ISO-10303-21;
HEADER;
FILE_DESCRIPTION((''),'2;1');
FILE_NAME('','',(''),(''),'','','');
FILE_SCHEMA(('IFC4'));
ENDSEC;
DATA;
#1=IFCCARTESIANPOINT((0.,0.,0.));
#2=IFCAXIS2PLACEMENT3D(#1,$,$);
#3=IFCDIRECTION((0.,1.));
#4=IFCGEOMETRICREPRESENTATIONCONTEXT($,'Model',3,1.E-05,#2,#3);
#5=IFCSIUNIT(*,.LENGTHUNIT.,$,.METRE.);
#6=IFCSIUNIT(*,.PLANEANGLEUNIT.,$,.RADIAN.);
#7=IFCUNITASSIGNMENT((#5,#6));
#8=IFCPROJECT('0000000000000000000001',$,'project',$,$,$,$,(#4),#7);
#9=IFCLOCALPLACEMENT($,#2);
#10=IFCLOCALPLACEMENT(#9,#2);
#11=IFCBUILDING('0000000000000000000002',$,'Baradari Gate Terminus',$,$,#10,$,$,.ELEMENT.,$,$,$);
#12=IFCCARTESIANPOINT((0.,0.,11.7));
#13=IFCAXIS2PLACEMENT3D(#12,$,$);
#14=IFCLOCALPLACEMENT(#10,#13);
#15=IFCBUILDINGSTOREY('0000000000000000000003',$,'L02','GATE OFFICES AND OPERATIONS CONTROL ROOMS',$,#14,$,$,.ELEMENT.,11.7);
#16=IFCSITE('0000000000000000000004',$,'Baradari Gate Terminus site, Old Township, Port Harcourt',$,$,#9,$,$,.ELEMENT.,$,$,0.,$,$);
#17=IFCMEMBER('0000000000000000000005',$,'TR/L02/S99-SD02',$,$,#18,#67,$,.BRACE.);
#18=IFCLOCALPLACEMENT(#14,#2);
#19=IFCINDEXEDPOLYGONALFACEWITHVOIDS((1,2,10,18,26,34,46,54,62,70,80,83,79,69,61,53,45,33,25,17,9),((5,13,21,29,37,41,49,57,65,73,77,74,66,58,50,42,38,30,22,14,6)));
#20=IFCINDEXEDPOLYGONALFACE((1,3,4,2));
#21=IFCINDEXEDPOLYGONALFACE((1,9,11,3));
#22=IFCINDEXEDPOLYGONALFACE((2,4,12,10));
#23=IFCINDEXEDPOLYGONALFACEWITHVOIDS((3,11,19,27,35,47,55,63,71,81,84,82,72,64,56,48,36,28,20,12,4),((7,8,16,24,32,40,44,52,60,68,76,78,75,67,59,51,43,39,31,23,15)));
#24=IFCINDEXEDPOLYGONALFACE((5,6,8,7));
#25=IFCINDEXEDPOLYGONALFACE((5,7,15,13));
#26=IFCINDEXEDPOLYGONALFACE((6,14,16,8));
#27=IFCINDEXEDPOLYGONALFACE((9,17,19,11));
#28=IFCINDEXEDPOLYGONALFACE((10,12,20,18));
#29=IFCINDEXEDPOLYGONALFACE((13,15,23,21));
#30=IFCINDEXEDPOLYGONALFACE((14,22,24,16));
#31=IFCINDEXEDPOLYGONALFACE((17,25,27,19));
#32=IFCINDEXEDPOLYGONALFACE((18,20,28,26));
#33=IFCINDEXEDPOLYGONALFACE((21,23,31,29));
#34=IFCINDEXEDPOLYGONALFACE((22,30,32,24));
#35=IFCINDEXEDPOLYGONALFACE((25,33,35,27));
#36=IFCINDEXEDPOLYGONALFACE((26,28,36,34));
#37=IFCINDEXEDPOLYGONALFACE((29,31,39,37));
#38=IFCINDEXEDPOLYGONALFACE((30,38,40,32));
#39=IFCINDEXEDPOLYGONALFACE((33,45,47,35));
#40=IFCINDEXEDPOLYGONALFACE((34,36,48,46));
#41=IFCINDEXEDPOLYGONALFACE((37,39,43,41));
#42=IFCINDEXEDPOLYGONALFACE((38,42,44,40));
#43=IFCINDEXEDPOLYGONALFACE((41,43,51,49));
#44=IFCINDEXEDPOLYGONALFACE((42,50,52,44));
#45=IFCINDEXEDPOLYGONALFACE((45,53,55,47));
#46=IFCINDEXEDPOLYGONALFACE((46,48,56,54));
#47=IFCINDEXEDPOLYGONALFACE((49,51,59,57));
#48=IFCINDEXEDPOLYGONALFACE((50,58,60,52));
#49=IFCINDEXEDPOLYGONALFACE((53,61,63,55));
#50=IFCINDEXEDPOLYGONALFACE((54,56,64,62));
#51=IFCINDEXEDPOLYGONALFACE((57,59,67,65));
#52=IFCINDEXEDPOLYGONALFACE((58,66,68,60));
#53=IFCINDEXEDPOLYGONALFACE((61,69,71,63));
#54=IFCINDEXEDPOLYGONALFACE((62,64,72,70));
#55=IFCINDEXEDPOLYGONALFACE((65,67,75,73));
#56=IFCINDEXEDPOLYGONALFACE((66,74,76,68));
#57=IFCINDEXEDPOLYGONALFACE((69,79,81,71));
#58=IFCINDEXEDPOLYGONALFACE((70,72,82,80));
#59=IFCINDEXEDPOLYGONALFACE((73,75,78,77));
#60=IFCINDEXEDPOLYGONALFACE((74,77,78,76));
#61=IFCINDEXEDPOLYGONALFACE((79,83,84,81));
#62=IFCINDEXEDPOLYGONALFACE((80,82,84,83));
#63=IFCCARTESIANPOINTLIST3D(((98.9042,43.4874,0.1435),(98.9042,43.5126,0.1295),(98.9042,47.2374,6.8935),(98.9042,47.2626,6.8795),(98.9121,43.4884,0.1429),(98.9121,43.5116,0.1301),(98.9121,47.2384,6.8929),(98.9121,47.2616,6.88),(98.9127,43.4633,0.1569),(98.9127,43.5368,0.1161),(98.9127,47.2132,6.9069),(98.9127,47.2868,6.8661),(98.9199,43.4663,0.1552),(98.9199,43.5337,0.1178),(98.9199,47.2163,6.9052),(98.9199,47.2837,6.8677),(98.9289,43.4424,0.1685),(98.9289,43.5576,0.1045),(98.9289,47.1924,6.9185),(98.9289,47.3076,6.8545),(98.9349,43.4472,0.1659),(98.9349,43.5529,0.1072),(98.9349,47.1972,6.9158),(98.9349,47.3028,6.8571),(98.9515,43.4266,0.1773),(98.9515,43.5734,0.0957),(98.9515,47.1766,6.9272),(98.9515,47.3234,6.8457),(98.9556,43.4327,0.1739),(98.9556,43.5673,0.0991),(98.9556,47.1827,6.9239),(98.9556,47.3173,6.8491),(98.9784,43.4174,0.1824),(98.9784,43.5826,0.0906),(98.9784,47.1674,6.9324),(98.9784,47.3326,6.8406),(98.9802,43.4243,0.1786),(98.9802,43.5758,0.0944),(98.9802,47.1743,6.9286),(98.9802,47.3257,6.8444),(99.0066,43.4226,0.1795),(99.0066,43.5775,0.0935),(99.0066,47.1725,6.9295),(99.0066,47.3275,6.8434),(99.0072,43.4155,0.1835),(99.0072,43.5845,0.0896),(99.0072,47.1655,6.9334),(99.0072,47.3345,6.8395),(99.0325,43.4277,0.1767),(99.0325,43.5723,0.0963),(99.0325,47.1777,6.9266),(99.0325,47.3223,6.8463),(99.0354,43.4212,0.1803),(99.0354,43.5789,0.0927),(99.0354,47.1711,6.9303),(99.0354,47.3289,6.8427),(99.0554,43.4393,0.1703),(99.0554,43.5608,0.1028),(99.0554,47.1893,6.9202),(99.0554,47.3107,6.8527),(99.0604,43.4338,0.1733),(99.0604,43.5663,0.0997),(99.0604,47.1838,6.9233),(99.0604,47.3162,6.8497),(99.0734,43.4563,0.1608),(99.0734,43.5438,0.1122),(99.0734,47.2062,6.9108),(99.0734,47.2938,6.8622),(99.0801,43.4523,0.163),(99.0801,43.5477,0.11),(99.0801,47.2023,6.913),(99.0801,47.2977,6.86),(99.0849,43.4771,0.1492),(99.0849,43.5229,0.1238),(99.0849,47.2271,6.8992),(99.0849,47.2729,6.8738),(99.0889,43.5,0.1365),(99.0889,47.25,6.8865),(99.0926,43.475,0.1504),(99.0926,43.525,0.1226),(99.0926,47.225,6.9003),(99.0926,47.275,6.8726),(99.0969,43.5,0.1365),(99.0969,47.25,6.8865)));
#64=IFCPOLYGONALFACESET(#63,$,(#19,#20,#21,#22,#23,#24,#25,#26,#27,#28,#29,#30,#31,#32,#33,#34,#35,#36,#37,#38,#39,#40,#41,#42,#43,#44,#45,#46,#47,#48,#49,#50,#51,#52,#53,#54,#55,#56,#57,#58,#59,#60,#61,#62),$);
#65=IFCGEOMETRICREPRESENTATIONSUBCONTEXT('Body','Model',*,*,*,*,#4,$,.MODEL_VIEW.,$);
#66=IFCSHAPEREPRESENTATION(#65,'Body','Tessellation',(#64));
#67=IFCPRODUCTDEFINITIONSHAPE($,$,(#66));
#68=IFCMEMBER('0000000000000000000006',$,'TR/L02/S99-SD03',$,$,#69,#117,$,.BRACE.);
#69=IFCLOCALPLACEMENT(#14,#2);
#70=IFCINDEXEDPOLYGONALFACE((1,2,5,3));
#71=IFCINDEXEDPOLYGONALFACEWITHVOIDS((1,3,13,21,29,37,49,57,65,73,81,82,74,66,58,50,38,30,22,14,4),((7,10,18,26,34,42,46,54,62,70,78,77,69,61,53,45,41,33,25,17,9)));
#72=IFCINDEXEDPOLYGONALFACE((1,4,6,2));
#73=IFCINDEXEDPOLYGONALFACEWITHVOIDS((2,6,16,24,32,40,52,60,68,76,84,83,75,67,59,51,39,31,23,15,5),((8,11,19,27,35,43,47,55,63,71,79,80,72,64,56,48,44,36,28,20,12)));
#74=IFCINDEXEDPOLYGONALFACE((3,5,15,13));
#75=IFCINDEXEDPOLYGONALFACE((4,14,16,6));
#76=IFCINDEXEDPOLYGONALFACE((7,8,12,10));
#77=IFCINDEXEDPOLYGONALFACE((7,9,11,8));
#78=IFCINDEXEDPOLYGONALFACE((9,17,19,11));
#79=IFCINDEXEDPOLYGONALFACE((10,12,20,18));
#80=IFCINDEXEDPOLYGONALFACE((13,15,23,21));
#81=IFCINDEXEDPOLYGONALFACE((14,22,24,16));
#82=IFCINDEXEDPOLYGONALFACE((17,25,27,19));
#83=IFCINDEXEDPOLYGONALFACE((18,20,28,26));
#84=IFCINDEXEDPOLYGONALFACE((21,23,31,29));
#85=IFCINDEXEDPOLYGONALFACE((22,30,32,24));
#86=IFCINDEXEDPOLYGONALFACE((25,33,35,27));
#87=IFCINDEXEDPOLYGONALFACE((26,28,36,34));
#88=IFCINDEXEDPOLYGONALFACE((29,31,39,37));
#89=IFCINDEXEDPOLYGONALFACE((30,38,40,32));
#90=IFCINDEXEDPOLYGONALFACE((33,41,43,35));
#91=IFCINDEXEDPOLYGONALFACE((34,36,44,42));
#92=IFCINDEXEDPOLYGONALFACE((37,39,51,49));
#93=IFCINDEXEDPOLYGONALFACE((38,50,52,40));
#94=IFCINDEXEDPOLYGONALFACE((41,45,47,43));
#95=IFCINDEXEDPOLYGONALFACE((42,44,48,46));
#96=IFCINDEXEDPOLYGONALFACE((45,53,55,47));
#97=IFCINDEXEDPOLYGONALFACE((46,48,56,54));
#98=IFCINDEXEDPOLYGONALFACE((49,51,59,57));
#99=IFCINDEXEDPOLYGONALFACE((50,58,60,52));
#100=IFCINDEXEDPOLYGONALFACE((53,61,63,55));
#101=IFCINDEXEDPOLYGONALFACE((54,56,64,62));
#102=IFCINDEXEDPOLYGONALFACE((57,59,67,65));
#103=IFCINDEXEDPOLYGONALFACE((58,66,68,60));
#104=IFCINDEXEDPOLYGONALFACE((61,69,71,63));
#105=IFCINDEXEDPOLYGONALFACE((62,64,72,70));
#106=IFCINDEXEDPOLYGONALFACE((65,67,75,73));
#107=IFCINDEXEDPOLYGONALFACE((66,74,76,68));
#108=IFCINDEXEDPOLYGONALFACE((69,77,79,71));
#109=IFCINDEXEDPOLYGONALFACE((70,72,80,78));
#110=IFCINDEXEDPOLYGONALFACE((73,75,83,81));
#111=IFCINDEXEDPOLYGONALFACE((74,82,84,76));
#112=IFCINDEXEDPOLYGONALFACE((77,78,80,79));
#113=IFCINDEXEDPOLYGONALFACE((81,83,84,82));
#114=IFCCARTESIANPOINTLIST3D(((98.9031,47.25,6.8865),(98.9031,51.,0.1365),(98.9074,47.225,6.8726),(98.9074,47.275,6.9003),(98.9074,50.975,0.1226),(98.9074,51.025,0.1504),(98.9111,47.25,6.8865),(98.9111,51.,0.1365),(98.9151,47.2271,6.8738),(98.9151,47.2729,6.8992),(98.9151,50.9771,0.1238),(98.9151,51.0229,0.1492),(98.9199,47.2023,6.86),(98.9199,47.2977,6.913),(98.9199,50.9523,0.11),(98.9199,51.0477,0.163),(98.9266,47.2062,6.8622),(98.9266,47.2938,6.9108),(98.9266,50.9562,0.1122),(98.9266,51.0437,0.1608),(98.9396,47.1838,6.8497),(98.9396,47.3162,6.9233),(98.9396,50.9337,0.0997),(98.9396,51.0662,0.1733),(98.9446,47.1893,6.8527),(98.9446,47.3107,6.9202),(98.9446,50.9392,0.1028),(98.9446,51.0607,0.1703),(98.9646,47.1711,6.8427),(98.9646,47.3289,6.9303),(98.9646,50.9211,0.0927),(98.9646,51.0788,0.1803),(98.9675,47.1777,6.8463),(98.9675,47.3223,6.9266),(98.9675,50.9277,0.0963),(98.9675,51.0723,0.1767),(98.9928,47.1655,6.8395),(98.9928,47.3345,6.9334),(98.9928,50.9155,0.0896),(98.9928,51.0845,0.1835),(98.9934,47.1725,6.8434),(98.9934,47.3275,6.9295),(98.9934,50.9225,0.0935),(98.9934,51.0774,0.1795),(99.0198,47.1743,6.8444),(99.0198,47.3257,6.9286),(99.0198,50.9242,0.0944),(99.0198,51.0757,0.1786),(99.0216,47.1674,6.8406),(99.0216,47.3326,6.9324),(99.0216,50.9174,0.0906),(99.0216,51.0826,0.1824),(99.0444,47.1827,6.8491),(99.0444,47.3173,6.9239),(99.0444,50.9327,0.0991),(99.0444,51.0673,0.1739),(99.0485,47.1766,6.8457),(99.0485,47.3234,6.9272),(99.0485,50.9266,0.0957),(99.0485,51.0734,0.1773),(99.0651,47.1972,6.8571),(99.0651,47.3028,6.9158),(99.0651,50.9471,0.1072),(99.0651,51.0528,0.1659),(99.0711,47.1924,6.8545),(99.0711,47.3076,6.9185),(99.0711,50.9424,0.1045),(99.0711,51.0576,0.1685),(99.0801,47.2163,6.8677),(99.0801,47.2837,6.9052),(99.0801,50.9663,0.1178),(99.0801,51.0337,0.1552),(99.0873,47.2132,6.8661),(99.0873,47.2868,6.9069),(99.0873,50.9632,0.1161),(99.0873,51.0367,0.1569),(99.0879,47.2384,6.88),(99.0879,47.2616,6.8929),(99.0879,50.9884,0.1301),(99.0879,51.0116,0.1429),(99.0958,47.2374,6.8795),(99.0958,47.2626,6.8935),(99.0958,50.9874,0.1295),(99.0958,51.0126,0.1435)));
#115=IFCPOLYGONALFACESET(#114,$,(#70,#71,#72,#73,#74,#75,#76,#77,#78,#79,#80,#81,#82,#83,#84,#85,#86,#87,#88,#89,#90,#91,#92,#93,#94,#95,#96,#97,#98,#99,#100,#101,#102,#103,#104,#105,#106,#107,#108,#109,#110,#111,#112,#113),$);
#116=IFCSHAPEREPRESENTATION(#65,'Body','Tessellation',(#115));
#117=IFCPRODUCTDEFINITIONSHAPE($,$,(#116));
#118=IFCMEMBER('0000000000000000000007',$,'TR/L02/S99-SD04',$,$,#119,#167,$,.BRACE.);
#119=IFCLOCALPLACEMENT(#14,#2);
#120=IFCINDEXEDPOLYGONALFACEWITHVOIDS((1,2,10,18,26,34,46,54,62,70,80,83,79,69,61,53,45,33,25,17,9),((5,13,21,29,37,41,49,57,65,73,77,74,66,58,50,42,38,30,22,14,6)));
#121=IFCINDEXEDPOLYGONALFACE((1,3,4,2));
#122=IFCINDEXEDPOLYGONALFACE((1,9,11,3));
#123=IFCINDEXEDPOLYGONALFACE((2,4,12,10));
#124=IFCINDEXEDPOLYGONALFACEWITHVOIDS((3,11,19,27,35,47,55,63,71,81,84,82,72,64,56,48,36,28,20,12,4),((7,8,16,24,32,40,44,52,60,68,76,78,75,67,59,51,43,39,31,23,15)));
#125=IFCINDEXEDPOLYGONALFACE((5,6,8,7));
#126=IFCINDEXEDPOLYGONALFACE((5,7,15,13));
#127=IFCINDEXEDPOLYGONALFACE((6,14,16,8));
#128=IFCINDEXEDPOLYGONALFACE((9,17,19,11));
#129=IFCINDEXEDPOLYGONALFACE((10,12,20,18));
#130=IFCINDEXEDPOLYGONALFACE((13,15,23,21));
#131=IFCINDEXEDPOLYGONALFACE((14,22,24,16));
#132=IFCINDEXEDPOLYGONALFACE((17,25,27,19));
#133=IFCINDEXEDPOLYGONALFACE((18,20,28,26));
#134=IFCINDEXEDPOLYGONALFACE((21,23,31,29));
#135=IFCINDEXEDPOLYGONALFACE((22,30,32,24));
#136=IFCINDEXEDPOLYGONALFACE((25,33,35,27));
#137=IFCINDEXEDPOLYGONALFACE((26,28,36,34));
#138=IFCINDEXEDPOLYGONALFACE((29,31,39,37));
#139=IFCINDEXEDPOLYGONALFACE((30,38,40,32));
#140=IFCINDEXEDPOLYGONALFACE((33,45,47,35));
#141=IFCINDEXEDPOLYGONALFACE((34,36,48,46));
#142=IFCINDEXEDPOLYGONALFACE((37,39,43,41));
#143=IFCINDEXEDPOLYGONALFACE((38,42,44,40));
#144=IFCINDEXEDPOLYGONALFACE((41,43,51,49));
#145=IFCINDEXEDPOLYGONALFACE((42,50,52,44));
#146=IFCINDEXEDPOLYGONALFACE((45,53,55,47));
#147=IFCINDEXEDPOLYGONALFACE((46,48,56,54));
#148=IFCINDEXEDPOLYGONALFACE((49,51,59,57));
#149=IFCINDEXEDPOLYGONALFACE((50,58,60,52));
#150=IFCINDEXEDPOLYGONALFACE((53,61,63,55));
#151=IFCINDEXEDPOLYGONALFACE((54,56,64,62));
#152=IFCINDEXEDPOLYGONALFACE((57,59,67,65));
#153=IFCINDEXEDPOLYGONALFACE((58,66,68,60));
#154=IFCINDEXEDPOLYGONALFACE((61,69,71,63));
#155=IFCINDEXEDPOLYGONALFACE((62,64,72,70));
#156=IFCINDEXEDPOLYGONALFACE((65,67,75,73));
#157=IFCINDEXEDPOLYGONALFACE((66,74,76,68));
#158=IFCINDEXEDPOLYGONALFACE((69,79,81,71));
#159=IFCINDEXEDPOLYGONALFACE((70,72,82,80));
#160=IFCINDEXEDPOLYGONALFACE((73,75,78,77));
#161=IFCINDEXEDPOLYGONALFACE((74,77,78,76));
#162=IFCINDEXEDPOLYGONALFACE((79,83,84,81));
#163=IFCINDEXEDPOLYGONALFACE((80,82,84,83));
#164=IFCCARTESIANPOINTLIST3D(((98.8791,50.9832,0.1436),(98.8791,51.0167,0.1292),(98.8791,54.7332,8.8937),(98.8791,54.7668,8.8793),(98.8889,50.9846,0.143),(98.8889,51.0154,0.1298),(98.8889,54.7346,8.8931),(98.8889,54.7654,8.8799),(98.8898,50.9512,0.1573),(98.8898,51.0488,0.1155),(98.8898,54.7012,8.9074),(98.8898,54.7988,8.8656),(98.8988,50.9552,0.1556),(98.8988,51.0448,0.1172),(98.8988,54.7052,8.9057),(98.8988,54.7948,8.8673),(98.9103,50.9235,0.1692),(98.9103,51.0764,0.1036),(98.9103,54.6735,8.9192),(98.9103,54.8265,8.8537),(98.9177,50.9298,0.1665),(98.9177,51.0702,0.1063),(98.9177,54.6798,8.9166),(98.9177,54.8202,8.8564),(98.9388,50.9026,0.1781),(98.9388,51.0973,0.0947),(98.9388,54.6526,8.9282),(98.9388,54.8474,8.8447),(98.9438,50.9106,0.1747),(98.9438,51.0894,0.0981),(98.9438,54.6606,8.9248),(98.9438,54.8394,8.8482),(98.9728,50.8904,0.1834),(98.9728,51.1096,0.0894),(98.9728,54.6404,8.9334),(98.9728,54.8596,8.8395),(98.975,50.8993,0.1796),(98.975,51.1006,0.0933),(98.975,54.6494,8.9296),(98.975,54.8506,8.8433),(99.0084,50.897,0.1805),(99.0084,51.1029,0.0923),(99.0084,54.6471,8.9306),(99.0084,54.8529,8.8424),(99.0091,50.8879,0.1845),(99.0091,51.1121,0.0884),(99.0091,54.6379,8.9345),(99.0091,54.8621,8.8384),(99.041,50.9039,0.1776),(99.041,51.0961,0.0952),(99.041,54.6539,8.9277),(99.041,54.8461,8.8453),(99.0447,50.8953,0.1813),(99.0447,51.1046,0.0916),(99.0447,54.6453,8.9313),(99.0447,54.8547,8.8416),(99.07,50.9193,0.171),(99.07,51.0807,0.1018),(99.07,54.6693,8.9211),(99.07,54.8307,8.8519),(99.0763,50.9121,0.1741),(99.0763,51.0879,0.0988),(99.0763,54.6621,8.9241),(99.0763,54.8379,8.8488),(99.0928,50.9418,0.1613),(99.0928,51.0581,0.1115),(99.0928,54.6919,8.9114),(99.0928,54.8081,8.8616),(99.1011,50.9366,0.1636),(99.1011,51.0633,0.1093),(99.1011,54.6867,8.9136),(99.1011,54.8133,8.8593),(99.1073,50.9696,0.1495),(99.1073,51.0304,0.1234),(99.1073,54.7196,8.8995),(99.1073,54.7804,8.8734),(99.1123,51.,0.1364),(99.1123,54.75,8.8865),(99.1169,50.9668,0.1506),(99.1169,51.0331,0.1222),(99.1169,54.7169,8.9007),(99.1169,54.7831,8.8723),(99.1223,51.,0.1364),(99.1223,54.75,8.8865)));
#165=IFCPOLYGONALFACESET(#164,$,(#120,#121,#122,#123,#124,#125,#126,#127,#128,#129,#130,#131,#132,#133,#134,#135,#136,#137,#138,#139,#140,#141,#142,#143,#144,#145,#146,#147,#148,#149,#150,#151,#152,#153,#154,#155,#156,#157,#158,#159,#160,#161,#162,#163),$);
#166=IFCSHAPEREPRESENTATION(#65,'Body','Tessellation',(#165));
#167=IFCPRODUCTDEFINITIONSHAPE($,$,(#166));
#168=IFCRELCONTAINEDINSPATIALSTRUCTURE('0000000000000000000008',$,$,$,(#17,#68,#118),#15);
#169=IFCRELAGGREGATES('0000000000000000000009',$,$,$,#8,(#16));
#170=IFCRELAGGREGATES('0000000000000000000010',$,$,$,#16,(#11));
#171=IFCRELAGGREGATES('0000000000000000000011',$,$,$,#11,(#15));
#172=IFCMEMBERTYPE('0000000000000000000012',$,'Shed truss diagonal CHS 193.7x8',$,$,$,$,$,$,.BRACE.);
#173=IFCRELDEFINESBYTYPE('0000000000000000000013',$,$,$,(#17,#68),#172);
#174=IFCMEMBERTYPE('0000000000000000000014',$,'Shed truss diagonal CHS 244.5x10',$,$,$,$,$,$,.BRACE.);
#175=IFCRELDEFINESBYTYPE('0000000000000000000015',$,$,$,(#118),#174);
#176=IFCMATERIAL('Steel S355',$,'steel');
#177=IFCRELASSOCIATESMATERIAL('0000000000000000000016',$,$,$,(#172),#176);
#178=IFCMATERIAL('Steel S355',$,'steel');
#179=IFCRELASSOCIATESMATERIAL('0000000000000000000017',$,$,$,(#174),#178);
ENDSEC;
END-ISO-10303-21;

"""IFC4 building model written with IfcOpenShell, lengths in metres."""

from ifc_helpers import new_model, si_unit, direction, frame, origin, origin_2d, place, context, subcontext, project, spatial, hollow_circle, extrude, material, material_profile, profile_set, type_object, element, save


model = new_model("IFC4")

# Units and contexts
model_context = context("Model", 3, precision=1e-05, world=origin(), true_north=direction((0.0, 1.0)))
body_context = subcontext(model_context, "Body", "Model", "MODEL_VIEW")
ifc_project = project(units=[si_unit("LENGTHUNIT", "METRE"), si_unit("PLANEANGLEUNIT", "RADIAN")], contexts=[model_context])

# Site, building, storey
site_placement = place(None, origin())
site = spatial("IfcSite", under=ifc_project, at=site_placement, Name="Baradari Gate Terminus site, Old Township, Port Harcourt", CompositionType="ELEMENT", RefElevation=0.0)
building_placement = place(site_placement, origin())
building = spatial("IfcBuilding", under=site, at=building_placement, Name="Baradari Gate Terminus", CompositionType="ELEMENT")
storey_placement = place(building_placement, frame((0.0, 0.0, 11.7)))
storey = spatial("IfcBuildingStorey", under=building, at=storey_placement, Name="L02", Description="GATE OFFICES AND OPERATIONS CONTROL ROOMS", CompositionType="ELEMENT", Elevation=11.7)

# Members
ifc_material_1 = material(Name="Steel S355", Category="steel")
ifc_material_profile_1 = material_profile(ifc_material_1, hollow_circle(Radius=0.0969, WallThickness=0.0081, at=origin_2d()), Name="CHS 193.7x8")
ifc_profile_set_1 = profile_set([ifc_material_profile_1], Name="Steel S355")
member_type_1 = type_object("IfcMemberType", Name="Shed truss diagonal CHS 193.7x8", PredefinedType="BRACE", material=ifc_profile_set_1)
for number, where, z_axis, x_axis, name in (
    (1, (99.0, 47.25, 6.8865), (0.0, -0.485643, -0.874157), (1.0, 0.0, 0.0), "TR/L02/S99-SD02"),
    (2, (99.0, 47.25, 6.8865), (0.0, 0.485643, -0.874157), (-1.0, 0.0, 0.0), "TR/L02/S99-SD03"),
):
    element("IfcMember", number, at=place(storey_placement, frame(where, z_axis=z_axis, x_axis=x_axis)), inside=storey, type_object=member_type_1, Name=name, PredefinedType="BRACE", context=body_context, shape_type="SweptSolid", body=[
        extrude(hollow_circle(Radius=0.0969, WallThickness=0.0081, at=origin_2d()), origin(), (0.0, 0.0, 1.0), 7.7217),
    ])
ifc_material_2 = material(Name="Steel S355", Category="steel")
ifc_material_profile_2 = material_profile(ifc_material_2, hollow_circle(Radius=0.1223, WallThickness=0.01, at=origin_2d()), Name="CHS 244.5x10")
ifc_profile_set_2 = profile_set([ifc_material_profile_2], Name="Steel S355")
member_type_2 = type_object("IfcMemberType", Name="Shed truss diagonal CHS 244.5x10", PredefinedType="BRACE", material=ifc_profile_set_2)
for number, where, z_axis, x_axis, name in (
    (3, (99.0, 54.75, 8.8865), (0.0, -0.393919, -0.919145), (1.0, 0.0, 0.0), "TR/L02/S99-SD04"),
):
    element("IfcMember", number, at=place(storey_placement, frame(where, z_axis=z_axis, x_axis=x_axis)), inside=storey, type_object=member_type_2, Name=name, PredefinedType="BRACE", context=body_context, shape_type="SweptSolid", body=[
        extrude(hollow_circle(Radius=0.1223, WallThickness=0.01, at=origin_2d()), origin(), (0.0, 0.0, 1.0), 9.5198),
    ])

save(model, "model.ifc")
